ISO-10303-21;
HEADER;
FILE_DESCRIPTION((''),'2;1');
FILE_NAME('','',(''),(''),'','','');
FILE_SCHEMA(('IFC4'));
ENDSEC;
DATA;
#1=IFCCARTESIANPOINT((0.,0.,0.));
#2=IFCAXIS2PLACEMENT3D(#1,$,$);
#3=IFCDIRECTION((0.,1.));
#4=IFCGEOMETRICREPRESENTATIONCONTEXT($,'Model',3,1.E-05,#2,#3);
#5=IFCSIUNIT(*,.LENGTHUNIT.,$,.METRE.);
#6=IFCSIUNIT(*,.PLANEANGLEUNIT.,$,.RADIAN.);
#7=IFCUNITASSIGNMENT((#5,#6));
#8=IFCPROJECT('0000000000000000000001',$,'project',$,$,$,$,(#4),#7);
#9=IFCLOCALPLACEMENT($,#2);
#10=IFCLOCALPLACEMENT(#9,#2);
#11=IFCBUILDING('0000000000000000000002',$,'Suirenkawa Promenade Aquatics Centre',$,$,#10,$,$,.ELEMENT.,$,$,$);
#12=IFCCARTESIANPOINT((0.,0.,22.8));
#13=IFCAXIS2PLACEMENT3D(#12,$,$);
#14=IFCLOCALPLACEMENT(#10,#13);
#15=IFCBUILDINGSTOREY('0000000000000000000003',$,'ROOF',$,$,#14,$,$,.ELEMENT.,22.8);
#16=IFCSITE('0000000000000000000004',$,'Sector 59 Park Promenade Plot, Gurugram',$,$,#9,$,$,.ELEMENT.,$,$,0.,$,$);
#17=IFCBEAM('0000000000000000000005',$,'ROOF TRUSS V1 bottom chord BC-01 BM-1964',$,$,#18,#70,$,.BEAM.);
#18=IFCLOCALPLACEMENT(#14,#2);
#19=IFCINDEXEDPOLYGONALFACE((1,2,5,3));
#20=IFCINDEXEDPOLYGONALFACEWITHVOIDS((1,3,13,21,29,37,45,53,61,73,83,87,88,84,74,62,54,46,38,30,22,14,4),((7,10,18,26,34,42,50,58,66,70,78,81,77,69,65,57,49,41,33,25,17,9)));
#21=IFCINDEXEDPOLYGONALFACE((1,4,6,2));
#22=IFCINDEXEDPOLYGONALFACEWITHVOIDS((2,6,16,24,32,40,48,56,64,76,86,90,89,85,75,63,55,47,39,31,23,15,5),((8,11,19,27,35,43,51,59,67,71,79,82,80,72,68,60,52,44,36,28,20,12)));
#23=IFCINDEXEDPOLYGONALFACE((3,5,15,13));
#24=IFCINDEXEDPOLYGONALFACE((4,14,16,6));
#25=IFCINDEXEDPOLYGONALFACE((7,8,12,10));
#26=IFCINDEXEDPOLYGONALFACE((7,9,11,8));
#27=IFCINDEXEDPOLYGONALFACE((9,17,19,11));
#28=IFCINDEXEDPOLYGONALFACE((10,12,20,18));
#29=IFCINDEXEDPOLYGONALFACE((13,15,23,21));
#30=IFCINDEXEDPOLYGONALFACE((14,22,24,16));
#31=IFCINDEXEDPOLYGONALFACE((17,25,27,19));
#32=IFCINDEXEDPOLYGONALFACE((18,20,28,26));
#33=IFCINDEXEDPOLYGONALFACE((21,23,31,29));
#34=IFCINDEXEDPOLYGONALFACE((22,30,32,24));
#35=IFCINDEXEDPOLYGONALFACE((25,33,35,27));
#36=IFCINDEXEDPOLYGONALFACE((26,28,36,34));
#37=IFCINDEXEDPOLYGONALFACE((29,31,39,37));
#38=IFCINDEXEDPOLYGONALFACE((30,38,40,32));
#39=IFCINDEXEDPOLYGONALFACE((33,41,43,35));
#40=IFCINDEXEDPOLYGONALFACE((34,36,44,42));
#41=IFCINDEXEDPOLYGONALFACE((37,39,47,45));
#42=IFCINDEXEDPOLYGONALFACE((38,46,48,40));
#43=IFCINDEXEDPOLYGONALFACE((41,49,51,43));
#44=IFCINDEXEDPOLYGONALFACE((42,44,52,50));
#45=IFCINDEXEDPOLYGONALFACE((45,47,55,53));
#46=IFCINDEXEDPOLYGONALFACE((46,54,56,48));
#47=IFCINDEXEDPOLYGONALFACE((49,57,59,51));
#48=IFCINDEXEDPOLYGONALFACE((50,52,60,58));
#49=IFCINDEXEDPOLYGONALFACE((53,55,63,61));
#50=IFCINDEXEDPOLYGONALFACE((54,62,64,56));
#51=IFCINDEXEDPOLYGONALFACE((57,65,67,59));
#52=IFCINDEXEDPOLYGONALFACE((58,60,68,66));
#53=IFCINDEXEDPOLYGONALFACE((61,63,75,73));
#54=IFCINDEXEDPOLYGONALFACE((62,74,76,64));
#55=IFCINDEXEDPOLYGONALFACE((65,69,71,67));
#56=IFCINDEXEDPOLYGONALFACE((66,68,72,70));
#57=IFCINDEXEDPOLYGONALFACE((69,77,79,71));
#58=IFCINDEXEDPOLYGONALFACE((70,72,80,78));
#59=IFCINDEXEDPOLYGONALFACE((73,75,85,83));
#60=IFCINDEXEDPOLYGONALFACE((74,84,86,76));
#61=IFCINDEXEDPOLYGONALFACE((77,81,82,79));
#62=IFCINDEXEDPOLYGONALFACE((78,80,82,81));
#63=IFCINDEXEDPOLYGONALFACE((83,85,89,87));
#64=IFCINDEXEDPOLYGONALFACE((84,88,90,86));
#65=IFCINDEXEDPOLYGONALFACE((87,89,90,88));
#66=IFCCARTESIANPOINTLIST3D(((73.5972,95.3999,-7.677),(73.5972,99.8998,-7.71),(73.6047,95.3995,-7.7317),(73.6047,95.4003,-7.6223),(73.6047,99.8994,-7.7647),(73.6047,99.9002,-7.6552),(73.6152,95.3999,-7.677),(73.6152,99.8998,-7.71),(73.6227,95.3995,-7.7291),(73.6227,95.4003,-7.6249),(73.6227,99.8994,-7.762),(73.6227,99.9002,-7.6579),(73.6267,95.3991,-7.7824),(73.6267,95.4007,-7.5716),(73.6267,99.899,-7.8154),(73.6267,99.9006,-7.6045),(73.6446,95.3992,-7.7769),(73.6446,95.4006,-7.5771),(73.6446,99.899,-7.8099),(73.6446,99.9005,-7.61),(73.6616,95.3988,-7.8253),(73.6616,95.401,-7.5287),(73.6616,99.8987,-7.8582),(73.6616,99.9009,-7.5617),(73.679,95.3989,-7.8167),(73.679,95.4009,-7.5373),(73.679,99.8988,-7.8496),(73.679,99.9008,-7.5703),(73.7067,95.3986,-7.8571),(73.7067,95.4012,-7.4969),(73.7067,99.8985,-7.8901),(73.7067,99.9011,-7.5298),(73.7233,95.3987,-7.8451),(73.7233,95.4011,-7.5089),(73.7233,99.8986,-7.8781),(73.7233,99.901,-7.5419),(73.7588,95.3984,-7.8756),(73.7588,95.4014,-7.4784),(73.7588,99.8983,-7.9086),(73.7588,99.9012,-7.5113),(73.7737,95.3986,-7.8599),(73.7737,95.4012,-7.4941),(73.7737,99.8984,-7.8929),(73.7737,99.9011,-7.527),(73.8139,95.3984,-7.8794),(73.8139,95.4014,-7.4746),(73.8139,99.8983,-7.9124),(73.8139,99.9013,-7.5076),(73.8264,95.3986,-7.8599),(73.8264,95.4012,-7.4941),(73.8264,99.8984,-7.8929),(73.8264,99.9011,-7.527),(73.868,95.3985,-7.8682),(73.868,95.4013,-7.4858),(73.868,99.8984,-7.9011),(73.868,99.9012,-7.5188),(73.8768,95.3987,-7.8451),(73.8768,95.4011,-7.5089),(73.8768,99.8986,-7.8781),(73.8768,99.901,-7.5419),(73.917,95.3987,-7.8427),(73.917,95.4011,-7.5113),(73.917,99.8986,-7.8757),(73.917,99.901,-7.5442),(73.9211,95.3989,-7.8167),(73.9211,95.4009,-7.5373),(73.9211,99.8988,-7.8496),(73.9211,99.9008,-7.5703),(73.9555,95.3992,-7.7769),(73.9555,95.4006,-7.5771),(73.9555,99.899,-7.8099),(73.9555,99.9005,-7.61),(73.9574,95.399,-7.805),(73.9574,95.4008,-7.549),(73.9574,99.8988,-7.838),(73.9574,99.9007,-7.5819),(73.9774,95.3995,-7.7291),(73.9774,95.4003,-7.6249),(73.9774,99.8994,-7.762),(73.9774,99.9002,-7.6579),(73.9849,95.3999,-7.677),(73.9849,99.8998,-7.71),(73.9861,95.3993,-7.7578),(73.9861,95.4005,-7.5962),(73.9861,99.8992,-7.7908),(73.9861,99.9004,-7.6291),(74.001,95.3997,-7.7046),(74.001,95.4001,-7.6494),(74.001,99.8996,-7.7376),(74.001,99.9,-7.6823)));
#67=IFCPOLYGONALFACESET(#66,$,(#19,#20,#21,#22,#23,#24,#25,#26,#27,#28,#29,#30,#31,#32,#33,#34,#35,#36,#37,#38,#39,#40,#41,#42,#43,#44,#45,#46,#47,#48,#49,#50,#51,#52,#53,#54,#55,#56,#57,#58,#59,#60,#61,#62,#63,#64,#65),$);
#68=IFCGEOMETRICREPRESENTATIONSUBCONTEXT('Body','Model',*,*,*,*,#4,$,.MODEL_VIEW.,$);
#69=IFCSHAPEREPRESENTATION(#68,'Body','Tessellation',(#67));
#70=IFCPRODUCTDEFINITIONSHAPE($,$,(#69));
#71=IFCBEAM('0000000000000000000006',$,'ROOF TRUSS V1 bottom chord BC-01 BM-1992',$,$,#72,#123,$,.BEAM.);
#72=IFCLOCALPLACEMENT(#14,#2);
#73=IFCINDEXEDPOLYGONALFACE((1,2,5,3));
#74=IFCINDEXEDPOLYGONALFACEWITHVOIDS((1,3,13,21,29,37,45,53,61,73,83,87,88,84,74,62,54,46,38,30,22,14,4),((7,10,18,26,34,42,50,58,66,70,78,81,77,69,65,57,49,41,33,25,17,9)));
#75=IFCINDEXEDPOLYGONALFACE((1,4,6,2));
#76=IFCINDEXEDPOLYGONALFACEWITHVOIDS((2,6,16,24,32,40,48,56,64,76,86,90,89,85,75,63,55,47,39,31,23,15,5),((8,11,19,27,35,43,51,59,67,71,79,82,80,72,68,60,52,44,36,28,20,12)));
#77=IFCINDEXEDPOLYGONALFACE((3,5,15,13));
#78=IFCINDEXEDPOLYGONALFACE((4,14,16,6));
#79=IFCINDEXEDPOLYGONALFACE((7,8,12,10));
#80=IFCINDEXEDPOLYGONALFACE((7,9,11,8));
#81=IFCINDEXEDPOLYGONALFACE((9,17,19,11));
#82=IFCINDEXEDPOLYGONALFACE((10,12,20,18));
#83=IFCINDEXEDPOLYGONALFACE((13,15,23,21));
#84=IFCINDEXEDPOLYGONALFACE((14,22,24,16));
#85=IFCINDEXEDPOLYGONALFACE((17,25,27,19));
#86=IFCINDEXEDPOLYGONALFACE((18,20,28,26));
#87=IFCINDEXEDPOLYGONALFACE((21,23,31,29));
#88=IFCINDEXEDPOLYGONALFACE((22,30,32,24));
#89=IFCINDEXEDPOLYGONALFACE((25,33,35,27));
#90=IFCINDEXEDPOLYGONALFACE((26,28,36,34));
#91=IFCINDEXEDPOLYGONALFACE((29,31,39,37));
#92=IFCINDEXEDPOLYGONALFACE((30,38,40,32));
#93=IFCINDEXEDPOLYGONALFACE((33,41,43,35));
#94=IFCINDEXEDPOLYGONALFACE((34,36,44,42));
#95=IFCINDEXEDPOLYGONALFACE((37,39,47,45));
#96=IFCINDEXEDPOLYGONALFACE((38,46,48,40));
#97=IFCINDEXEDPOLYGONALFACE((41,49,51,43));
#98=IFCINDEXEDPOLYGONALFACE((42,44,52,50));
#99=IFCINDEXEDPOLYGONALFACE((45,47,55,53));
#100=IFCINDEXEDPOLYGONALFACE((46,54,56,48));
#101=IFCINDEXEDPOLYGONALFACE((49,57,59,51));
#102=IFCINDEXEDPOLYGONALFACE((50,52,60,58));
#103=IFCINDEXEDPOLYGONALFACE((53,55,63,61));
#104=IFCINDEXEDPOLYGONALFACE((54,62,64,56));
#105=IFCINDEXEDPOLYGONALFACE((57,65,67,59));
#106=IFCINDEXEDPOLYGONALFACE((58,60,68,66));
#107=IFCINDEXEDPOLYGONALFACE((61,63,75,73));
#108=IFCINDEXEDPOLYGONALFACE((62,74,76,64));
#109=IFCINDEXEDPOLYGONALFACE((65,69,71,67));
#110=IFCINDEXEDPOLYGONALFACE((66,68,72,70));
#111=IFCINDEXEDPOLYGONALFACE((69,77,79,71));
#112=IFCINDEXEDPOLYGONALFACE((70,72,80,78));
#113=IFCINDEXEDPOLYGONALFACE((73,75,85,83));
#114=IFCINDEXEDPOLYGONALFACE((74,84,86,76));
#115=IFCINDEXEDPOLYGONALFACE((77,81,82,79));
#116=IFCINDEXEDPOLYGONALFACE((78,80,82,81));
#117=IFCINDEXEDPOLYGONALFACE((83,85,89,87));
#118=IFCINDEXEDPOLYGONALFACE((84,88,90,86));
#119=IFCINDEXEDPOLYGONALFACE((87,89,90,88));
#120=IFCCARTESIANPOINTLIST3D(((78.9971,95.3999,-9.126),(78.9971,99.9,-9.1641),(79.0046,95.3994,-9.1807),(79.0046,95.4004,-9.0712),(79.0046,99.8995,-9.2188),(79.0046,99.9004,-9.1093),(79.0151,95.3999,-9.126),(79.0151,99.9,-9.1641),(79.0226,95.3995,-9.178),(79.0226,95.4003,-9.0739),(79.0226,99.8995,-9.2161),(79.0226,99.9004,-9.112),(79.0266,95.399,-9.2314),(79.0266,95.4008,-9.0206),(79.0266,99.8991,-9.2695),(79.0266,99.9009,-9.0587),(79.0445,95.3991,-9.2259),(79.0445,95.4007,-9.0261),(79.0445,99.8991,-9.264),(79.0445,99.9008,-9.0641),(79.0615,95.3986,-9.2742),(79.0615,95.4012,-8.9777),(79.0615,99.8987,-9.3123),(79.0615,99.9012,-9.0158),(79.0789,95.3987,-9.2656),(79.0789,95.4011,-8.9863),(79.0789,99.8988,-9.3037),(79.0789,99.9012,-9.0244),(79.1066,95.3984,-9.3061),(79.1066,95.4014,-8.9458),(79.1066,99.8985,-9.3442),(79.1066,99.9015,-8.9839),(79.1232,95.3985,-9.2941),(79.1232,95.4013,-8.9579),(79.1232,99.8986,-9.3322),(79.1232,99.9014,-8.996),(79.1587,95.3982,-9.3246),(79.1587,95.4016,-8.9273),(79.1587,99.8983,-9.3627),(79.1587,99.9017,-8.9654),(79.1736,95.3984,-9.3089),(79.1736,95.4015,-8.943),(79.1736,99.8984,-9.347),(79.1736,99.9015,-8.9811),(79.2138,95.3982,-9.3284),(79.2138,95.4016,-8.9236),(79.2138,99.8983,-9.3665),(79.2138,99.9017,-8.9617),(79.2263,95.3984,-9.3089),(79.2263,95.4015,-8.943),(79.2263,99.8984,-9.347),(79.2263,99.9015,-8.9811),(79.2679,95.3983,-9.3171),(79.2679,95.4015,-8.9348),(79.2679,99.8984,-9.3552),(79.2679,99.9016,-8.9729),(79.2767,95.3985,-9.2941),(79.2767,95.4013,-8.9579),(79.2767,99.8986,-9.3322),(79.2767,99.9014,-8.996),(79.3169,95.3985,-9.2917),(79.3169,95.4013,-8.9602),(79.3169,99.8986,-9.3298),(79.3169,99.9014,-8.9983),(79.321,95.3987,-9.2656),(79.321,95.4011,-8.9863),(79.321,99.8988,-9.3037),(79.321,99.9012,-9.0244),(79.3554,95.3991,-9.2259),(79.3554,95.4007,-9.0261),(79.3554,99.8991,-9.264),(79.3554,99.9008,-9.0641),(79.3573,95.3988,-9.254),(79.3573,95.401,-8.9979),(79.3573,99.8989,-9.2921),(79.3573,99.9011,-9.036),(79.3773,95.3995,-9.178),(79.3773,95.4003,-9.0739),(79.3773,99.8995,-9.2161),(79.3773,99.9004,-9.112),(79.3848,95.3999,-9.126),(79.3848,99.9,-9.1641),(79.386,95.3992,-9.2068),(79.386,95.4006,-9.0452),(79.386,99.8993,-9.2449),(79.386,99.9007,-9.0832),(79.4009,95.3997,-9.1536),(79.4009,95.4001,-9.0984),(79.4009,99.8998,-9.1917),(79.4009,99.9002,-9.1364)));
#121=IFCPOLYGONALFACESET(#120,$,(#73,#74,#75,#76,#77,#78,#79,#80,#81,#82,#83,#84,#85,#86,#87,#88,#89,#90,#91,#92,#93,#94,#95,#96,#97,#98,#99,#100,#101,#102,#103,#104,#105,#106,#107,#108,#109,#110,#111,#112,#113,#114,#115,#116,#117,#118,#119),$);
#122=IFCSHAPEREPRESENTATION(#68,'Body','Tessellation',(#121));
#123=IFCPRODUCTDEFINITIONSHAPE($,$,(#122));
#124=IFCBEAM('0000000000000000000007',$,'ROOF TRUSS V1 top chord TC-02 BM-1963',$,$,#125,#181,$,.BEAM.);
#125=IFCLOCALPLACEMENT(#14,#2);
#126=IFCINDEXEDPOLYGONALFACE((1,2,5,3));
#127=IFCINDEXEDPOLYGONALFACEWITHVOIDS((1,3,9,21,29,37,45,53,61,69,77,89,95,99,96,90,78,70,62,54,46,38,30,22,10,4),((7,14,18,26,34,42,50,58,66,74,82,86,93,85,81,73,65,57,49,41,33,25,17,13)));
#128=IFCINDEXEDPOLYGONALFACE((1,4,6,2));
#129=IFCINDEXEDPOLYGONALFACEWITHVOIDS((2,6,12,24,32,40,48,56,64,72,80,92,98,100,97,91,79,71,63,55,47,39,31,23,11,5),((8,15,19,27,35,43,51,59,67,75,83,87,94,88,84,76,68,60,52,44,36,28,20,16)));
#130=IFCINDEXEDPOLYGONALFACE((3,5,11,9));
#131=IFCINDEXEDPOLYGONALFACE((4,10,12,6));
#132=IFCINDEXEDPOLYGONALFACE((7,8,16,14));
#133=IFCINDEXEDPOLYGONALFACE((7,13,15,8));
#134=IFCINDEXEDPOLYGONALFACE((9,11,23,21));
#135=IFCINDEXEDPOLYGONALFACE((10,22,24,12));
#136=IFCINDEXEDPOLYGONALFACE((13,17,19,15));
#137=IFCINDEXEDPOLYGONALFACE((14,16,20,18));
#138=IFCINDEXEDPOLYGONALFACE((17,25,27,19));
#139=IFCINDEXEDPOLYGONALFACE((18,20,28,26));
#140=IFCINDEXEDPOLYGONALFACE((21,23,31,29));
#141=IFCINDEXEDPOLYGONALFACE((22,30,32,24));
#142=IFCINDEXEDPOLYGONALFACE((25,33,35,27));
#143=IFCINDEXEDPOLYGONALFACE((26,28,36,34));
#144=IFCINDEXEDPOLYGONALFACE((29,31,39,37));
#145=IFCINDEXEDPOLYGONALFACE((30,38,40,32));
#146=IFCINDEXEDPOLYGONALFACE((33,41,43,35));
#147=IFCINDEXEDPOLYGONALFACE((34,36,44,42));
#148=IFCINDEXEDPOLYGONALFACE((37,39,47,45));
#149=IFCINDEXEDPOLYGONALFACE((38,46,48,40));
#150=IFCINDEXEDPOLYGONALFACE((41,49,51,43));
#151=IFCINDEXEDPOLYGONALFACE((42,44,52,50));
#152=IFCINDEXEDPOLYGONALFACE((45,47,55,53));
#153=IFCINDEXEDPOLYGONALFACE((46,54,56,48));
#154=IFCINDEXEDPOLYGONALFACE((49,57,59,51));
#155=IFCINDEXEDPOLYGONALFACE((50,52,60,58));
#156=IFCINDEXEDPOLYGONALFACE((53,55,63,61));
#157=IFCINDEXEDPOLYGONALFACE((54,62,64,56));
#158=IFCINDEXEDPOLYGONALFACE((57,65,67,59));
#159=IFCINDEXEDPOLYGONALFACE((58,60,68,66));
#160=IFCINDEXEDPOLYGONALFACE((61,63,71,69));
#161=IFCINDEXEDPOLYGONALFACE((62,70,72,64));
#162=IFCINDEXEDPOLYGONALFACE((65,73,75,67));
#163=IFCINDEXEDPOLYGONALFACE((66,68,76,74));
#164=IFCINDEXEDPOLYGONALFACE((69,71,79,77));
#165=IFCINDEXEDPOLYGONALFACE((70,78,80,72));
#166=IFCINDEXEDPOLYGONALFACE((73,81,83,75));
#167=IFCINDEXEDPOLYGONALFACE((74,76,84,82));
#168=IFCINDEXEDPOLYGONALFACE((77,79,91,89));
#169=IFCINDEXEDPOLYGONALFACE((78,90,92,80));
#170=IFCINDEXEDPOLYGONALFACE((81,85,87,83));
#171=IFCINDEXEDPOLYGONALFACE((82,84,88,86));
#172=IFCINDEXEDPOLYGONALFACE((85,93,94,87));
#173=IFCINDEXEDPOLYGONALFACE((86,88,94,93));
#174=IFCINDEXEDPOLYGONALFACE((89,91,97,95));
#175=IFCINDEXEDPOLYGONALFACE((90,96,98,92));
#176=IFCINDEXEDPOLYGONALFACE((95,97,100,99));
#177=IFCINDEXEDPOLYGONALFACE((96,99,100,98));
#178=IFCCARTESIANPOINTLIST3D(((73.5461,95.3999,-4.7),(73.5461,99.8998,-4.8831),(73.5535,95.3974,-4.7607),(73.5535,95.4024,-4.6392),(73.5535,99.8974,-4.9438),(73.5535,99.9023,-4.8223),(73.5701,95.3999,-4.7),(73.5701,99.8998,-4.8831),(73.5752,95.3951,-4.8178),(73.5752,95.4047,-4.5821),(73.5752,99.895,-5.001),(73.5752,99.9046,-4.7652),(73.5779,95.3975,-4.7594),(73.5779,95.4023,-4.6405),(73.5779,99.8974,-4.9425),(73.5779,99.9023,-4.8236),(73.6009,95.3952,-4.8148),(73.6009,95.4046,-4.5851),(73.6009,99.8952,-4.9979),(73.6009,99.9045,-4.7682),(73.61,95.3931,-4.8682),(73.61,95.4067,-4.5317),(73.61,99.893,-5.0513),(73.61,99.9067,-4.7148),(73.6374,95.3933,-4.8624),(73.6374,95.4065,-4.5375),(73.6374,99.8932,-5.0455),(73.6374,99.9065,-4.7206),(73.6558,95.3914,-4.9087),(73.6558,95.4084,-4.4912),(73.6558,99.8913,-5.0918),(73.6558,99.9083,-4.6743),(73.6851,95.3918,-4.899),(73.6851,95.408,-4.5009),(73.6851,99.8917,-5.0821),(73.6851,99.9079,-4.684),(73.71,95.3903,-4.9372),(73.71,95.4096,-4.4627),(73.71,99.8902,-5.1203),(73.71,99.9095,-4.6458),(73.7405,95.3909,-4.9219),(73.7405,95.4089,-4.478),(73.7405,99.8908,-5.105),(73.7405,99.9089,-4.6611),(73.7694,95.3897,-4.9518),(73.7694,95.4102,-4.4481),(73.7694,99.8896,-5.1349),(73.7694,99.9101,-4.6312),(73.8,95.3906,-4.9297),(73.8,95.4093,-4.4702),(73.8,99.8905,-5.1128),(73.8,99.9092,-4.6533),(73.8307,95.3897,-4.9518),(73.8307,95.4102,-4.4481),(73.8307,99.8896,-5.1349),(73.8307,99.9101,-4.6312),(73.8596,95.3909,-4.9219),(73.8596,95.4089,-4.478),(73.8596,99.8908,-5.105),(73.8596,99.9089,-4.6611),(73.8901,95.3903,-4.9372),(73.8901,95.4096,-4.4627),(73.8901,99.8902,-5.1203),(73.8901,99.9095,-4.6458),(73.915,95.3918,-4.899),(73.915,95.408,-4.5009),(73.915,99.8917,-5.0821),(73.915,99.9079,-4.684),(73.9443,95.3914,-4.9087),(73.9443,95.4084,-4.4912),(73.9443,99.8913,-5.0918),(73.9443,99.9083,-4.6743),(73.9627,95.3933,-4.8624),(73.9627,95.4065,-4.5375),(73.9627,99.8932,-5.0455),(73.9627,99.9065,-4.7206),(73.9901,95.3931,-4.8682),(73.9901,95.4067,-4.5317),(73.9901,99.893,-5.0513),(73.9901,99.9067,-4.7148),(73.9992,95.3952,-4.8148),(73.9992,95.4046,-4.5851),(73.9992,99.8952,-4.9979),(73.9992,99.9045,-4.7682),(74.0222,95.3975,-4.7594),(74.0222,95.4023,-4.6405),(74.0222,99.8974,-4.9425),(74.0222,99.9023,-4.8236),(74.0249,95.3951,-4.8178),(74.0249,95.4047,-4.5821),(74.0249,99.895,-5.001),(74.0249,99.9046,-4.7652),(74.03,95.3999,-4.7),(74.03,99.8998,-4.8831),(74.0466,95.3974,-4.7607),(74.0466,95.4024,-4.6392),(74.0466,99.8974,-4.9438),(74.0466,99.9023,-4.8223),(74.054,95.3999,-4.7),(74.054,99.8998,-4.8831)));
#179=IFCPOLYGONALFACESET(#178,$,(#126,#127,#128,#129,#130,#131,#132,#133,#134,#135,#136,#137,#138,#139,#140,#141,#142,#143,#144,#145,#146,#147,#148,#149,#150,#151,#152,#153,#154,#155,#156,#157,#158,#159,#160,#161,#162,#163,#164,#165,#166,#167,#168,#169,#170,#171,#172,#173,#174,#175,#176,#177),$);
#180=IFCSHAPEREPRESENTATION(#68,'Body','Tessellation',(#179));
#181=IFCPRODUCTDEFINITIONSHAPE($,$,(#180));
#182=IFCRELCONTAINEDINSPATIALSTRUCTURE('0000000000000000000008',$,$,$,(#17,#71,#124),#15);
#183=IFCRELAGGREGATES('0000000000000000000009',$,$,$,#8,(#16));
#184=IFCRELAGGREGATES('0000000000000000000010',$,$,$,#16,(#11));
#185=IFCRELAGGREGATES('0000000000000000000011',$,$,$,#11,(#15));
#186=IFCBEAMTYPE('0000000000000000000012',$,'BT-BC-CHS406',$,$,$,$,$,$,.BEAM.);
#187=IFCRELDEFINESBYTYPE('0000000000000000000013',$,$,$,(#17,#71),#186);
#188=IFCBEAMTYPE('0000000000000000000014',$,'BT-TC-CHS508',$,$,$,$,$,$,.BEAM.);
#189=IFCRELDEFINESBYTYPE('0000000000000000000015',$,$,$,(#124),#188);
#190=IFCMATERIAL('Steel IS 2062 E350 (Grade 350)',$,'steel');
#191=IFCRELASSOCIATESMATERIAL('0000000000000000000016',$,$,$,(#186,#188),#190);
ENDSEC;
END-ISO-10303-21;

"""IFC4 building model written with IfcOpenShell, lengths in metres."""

from ifc_helpers import new_model, si_unit, direction, frame, origin, origin_2d, place, context, subcontext, project, spatial, hollow_circle, extrude, material, material_profile, profile_set, type_object, element, save


model = new_model("IFC4")

# Units and contexts
model_context = context("Model", 3, precision=1e-05, world=origin(), true_north=direction((0.0, 1.0)))
body_context = subcontext(model_context, "Body", "Model", "MODEL_VIEW")
ifc_project = project(units=[si_unit("LENGTHUNIT", "METRE"), si_unit("PLANEANGLEUNIT", "RADIAN")], contexts=[model_context])

# Site, building, storey
site_placement = place(None, origin())
site = spatial("IfcSite", under=ifc_project, at=site_placement, Name="Sector 59 Park Promenade Plot, Gurugram", CompositionType="ELEMENT", RefElevation=0.0)
building_placement = place(site_placement, origin())
building = spatial("IfcBuilding", under=site, at=building_placement, Name="Suirenkawa Promenade Aquatics Centre", CompositionType="ELEMENT")
storey_placement = place(building_placement, frame((0.0, 0.0, 22.8)))
storey = spatial("IfcBuildingStorey", under=building, at=storey_placement, Name="ROOF", CompositionType="ELEMENT", Elevation=22.8)

# Beams
ifc_material_1 = material(Name="Steel IS 2062 E350 (Grade 350)", Category="steel")
ifc_material_profile_1 = material_profile(ifc_material_1, hollow_circle(Radius=0.2029, WallThickness=0.0181, at=origin_2d()), Name="CHS 406x18", Category="steel")
ifc_profile_set_1 = profile_set([ifc_material_profile_1], Name="Steel IS 2062 E350 (Grade 350)")
beam_type_1 = type_object("IfcBeamType", Name="BT-BC-CHS406", PredefinedType="BEAM", material=ifc_profile_set_1)
beam_1_placement = place(storey_placement, frame((73.8, 95.3999, -7.677), z_axis=(0.0, 0.999973, -0.007324), x_axis=(-1.0, 0.0, 0.0)))
element("IfcBeam", 1, at=beam_1_placement, inside=storey, type_object=beam_type_1, Name="ROOF TRUSS V1 bottom chord BC-01 BM-1964", PredefinedType="BEAM", context=body_context, shape_type="SweptSolid", body=[
    extrude(hollow_circle(Radius=0.2029, WallThickness=0.0181, at=origin_2d()), origin(), (0.0, 0.0, 1.0), 4.5),
])
beam_2_placement = place(storey_placement, frame((79.2, 95.3999, -9.126), z_axis=(0.0, 0.999964, -0.008463), x_axis=(-1.0, 0.0, 0.0)))
element("IfcBeam", 2, at=beam_2_placement, inside=storey, type_object=beam_type_1, Name="ROOF TRUSS V1 bottom chord BC-01 BM-1992", PredefinedType="BEAM", context=body_context, shape_type="SweptSolid", body=[
    extrude(hollow_circle(Radius=0.2029, WallThickness=0.0181, at=origin_2d()), origin(), (0.0, 0.0, 1.0), 4.5002),
])
ifc_material_profile_2 = material_profile(ifc_material_1, hollow_circle(Radius=0.2539, WallThickness=0.0239, at=origin_2d()), Name="CHS 508x24", Category="steel")
ifc_profile_set_2 = profile_set([ifc_material_profile_2], Name="Steel IS 2062 E350 (Grade 350)")
beam_type_2 = type_object("IfcBeamType", Name="BT-TC-CHS508", PredefinedType="BEAM", material=ifc_profile_set_2)
for number, where, z_axis, x_axis, name in (
    (3, (73.8, 95.3999, -4.7), (0.0, 0.999173, -0.040656), (-1.0, 0.0, 0.0), "ROOF TRUSS V1 top chord TC-02 BM-1963"),
):
    element("IfcBeam", number, at=place(storey_placement, frame(where, z_axis=z_axis, x_axis=x_axis)), inside=storey, type_object=beam_type_2, Name=name, PredefinedType="BEAM", context=body_context, shape_type="SweptSolid", body=[
        extrude(hollow_circle(Radius=0.2539, WallThickness=0.0239, at=origin_2d()), origin(), (0.0, 0.0, 1.0), 4.5037),
    ])

save(model, "model.ifc")
